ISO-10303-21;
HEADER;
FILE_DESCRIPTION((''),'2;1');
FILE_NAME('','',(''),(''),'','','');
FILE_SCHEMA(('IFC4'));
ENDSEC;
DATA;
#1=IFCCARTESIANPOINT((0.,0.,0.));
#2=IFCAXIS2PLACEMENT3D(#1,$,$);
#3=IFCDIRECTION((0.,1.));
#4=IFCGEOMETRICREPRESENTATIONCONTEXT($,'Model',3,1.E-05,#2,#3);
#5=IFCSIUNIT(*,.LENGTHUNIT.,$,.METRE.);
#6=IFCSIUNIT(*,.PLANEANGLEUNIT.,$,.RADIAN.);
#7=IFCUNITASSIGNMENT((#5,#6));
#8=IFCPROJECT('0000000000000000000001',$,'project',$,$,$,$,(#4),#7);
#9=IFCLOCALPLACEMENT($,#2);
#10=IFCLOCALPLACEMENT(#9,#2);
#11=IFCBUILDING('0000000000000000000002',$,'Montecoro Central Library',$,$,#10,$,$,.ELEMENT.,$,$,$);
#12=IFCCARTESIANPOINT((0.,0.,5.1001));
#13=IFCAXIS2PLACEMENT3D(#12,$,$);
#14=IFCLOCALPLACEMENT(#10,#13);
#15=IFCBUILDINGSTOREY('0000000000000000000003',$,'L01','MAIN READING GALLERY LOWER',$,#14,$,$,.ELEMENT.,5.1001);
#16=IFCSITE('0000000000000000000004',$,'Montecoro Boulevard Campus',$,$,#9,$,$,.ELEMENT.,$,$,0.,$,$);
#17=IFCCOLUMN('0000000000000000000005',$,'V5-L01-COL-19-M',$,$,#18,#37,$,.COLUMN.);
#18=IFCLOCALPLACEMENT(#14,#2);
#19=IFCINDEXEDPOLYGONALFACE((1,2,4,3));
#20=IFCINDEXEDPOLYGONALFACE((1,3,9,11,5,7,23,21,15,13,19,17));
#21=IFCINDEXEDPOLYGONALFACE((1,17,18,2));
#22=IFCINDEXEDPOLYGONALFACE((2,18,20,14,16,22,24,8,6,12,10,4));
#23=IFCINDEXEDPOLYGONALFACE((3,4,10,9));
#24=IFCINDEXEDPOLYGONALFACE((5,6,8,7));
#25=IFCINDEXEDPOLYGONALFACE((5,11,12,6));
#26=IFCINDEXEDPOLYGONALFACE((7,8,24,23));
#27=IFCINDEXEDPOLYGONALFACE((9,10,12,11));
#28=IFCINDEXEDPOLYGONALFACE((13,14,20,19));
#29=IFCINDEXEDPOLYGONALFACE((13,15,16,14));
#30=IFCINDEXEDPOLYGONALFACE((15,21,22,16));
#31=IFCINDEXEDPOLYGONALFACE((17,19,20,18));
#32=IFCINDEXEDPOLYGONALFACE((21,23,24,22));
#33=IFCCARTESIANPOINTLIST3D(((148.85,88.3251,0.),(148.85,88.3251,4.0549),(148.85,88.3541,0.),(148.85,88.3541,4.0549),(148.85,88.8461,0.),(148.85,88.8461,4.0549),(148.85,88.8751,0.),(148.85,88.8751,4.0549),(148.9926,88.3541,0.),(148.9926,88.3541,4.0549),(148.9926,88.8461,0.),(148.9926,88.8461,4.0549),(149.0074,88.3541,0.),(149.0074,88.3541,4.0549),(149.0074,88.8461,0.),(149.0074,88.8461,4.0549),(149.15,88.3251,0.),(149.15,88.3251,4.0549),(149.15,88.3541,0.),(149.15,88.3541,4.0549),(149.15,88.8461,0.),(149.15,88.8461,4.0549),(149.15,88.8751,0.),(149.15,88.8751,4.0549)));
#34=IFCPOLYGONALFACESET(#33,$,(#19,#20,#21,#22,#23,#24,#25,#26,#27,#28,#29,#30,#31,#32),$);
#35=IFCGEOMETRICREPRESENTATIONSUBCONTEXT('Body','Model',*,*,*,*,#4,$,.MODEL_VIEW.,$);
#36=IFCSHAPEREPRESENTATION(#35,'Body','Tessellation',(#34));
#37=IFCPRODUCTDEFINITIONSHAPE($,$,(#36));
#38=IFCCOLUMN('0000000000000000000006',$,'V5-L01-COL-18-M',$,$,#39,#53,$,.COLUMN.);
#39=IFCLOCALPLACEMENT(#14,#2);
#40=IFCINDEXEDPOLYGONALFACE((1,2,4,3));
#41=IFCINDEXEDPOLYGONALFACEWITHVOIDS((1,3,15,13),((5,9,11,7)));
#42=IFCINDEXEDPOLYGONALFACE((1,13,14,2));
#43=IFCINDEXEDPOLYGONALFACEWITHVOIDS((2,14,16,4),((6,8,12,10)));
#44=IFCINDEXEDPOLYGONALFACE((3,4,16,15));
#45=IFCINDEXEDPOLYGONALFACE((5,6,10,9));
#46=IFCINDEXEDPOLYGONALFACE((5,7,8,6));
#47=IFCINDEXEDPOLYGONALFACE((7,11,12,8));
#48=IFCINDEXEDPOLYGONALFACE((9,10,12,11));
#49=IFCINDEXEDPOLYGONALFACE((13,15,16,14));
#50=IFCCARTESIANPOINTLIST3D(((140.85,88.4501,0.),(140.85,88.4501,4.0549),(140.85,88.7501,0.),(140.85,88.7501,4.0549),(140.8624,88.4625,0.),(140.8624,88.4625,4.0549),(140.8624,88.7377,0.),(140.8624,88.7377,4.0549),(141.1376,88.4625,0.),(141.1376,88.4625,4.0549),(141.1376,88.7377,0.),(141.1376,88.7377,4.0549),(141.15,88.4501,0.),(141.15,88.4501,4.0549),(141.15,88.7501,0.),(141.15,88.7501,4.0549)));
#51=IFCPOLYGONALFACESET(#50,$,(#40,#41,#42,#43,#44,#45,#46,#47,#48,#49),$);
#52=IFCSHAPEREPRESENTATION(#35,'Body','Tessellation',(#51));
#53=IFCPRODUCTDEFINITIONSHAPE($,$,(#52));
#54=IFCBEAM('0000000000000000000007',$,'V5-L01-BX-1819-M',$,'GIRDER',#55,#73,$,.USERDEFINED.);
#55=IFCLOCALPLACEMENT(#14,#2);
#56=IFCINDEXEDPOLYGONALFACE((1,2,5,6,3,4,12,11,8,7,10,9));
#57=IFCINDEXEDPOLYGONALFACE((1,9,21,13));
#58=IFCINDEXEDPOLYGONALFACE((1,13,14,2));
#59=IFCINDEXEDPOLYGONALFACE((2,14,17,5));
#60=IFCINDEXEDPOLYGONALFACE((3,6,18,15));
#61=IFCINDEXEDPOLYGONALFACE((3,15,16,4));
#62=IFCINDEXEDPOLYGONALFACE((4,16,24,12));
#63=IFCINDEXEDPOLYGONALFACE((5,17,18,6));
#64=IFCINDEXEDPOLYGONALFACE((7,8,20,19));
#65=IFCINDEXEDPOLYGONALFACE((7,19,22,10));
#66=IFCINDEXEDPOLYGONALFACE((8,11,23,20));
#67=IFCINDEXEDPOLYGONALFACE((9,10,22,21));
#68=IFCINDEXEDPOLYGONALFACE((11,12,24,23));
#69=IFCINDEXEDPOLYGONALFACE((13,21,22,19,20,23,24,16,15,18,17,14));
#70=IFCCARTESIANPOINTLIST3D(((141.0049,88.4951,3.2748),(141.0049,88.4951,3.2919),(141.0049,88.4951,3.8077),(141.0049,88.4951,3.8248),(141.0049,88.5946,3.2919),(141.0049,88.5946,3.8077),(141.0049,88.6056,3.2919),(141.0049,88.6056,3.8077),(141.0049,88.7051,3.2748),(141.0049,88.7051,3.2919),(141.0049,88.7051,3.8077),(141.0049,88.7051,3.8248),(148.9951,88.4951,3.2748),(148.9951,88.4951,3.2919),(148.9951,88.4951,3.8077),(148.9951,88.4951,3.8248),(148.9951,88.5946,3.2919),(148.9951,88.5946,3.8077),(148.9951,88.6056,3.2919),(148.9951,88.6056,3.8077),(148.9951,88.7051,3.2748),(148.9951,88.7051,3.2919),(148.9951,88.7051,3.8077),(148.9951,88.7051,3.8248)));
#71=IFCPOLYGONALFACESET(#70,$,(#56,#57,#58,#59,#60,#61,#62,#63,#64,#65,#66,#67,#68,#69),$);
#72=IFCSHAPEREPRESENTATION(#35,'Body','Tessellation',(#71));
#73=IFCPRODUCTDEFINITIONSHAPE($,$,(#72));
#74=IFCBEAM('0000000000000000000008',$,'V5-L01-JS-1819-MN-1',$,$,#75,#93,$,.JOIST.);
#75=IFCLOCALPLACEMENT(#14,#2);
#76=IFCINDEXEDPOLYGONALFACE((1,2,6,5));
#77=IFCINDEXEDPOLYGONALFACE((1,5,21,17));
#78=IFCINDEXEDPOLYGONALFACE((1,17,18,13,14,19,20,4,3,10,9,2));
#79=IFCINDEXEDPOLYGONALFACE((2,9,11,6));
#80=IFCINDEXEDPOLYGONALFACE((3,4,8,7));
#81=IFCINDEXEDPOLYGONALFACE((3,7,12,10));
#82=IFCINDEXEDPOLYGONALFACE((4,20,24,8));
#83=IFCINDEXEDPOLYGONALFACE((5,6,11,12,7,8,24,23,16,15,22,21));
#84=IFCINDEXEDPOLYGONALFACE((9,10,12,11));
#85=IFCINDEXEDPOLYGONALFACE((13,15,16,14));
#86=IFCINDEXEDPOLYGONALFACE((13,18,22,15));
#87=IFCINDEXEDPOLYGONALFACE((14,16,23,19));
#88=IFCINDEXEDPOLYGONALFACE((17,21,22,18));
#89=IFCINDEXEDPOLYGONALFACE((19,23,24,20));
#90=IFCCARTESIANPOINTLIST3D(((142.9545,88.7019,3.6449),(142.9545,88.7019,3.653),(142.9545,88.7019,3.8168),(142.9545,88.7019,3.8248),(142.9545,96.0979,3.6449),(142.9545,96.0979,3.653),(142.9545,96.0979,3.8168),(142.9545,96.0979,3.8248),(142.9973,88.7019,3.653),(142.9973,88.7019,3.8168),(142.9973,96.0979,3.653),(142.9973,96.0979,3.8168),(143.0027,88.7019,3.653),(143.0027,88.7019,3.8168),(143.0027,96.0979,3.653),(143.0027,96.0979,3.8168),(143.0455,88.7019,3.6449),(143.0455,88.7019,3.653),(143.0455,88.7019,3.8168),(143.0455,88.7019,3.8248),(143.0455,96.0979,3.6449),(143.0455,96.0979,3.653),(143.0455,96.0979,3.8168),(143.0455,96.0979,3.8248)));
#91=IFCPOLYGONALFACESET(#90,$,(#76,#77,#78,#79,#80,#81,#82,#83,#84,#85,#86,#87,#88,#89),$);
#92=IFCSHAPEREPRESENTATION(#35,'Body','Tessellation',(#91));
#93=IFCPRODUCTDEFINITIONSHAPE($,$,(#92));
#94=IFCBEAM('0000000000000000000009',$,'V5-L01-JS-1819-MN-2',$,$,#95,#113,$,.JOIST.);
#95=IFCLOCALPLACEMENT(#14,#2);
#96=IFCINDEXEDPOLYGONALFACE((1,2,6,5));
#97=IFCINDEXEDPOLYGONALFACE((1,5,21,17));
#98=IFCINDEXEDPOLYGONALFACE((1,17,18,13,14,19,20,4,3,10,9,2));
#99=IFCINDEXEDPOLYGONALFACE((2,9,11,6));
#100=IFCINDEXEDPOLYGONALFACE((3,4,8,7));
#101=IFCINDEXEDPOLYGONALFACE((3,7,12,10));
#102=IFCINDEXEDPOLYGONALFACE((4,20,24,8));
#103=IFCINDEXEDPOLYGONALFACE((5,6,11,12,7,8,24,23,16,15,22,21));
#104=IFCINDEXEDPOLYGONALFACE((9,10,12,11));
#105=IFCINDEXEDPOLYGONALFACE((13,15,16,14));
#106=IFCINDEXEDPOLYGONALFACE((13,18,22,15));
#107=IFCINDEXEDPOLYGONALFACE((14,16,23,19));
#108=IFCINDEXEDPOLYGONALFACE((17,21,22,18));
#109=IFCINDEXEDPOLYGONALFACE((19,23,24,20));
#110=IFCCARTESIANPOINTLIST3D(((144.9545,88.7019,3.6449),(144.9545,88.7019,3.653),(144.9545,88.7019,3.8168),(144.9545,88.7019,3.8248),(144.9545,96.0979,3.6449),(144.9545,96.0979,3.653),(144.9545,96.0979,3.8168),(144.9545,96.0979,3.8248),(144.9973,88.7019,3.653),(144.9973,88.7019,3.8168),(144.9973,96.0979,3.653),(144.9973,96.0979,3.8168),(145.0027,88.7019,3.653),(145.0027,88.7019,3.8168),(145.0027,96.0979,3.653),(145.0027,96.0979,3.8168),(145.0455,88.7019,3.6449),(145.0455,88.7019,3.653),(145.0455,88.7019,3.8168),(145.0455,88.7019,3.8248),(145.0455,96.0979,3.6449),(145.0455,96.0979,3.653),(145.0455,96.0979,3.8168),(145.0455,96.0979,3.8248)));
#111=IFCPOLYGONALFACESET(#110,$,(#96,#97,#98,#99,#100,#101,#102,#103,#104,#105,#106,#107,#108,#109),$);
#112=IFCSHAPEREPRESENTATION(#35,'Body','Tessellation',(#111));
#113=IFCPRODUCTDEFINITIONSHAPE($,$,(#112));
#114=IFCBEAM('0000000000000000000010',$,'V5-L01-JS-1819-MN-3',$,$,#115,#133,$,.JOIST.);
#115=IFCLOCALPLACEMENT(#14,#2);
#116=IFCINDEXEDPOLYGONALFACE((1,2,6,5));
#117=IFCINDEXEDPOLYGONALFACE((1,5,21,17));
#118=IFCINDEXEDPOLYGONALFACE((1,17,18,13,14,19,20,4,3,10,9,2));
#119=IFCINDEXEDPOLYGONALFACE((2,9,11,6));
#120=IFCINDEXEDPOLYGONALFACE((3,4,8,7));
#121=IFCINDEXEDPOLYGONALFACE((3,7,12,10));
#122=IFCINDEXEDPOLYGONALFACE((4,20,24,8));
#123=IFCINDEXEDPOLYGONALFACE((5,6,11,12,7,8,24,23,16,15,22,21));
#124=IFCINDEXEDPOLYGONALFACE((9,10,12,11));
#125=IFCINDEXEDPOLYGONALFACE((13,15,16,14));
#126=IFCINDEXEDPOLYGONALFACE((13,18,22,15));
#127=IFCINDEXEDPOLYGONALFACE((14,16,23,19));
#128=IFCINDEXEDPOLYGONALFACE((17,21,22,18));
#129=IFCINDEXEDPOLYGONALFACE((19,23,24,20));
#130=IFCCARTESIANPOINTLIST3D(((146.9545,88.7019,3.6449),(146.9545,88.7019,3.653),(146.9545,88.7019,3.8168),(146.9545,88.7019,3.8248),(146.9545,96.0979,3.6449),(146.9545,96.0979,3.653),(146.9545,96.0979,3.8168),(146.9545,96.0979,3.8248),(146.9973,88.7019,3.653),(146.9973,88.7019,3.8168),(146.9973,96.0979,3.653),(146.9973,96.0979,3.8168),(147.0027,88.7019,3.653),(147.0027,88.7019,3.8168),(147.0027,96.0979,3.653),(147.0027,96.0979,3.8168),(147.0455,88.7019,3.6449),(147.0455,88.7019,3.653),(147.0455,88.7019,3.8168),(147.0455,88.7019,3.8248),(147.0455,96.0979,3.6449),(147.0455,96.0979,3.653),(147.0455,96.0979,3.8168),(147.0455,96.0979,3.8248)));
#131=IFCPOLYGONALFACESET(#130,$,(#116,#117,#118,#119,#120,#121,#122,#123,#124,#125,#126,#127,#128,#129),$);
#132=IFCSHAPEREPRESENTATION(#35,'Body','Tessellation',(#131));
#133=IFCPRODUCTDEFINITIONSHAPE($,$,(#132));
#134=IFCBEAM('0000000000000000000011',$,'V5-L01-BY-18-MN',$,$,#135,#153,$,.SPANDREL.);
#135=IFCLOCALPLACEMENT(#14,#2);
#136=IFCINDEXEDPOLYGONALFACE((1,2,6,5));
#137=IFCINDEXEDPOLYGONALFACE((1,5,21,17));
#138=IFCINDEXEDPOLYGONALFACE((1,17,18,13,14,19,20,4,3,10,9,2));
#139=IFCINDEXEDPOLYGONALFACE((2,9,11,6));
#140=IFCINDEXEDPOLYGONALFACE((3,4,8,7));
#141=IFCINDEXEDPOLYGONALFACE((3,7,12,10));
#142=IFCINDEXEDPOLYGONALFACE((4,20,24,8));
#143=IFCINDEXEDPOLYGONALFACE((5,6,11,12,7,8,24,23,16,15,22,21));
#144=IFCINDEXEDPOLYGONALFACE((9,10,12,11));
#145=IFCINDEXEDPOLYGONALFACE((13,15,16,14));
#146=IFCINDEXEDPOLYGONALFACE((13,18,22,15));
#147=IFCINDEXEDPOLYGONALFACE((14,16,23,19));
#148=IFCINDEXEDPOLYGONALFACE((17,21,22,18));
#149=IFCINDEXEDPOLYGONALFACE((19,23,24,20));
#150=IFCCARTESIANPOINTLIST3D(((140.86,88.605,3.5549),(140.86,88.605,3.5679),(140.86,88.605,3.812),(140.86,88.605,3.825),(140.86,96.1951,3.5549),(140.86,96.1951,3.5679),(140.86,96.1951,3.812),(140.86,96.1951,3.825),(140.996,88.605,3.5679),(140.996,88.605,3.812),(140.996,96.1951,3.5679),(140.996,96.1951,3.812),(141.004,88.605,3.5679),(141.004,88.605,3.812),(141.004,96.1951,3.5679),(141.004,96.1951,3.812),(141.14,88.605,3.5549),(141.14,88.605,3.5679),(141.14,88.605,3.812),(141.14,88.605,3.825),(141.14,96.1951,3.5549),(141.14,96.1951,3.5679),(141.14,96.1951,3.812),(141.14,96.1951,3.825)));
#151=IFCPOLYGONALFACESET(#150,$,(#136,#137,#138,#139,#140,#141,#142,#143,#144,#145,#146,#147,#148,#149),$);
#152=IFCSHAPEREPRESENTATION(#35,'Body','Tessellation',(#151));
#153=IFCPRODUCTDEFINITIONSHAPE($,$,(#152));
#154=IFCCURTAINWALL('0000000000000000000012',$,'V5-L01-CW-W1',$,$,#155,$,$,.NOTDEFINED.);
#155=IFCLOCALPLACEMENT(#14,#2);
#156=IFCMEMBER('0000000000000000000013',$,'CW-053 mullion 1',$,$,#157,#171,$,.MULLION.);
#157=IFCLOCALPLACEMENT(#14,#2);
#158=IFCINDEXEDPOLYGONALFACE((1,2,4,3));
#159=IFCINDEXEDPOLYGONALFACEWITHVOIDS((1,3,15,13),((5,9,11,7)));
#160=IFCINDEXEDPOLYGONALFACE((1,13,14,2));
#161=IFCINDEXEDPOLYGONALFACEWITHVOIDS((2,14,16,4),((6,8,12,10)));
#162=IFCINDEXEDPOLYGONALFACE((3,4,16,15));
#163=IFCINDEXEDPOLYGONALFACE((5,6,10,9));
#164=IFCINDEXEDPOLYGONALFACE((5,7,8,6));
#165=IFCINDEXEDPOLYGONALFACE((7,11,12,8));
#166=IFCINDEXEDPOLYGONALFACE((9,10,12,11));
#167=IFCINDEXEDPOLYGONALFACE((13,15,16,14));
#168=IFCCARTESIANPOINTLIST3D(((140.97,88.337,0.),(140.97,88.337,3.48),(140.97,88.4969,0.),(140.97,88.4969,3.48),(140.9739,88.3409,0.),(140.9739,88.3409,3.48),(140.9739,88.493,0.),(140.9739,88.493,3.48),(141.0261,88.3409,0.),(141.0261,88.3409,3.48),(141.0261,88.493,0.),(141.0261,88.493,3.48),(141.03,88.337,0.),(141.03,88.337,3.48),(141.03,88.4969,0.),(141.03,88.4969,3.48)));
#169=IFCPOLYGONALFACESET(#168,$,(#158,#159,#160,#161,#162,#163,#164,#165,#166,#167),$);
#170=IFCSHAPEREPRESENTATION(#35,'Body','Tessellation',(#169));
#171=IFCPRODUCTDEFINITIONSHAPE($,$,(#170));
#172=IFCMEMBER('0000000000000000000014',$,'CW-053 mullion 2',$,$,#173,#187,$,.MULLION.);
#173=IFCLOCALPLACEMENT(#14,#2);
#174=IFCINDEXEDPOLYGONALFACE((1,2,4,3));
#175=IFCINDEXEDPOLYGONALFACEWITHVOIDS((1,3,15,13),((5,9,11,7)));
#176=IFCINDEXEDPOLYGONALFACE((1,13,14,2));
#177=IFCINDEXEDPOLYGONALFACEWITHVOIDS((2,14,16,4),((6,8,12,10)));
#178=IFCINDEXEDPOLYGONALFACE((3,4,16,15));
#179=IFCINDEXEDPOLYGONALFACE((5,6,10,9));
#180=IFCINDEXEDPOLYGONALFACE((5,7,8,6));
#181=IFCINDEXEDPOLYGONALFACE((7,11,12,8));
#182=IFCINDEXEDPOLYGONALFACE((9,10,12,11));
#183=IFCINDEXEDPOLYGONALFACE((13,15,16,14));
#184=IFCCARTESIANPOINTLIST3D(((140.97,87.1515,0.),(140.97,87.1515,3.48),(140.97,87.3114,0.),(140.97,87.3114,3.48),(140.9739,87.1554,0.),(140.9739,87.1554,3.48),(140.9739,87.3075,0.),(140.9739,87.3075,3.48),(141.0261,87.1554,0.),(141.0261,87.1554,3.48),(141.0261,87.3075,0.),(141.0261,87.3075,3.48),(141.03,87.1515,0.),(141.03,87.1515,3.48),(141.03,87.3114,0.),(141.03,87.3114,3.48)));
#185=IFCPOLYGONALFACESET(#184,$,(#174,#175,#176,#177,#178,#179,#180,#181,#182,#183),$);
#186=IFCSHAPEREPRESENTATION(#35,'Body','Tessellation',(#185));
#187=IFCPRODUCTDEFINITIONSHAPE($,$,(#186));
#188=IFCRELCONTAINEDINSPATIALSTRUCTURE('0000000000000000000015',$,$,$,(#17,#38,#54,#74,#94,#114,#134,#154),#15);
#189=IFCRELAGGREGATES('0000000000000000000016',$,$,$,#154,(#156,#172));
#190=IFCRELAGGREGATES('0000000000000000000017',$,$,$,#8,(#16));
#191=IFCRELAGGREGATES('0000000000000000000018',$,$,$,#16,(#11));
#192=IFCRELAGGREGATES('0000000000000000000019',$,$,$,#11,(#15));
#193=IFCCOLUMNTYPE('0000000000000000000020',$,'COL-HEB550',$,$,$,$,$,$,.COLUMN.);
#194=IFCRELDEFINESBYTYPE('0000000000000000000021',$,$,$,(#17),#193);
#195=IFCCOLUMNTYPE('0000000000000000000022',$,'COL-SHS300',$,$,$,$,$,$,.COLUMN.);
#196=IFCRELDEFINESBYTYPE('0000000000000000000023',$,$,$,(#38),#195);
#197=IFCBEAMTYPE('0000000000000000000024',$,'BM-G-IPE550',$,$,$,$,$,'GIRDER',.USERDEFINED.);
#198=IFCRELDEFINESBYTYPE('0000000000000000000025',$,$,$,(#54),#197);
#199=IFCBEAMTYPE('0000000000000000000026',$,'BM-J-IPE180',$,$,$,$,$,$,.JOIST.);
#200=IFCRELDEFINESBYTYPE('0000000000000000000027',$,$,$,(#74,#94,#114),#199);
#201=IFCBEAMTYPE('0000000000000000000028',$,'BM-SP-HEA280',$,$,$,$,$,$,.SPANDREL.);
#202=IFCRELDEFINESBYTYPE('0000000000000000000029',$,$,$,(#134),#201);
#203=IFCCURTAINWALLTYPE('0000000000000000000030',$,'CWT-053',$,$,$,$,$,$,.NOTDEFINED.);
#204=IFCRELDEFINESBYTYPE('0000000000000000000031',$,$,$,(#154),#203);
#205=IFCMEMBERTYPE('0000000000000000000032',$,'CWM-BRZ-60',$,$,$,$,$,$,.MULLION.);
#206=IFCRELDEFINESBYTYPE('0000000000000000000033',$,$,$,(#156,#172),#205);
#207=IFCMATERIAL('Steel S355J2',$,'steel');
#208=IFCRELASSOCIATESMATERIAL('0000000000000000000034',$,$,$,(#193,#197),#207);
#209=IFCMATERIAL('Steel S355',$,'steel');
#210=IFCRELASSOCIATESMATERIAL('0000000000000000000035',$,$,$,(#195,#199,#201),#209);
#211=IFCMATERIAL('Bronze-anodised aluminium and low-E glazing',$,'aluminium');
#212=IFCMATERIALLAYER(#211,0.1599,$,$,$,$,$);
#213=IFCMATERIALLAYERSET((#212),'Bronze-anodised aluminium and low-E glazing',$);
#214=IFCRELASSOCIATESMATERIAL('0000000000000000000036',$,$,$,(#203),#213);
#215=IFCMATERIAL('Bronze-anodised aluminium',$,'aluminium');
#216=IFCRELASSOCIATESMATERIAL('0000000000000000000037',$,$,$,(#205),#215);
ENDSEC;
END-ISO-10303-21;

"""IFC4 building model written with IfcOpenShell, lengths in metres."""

from ifc_helpers import new_model, si_unit, direction, frame, origin, origin_2d, place, context, subcontext, project, spatial, hollow_rectangle, i_section, extrude, material, layer, layer_set, material_profile, profile_set, type_object, element, aggregate, save


model = new_model("IFC4")

# Units and contexts
model_context = context("Model", 3, precision=1e-05, world=origin(), true_north=direction((0.0, 1.0)))
body_context = subcontext(model_context, "Body", "Model", "MODEL_VIEW")
ifc_project = project(units=[si_unit("LENGTHUNIT", "METRE"), si_unit("PLANEANGLEUNIT", "RADIAN")], contexts=[model_context])

# Site, building, storey
site_placement = place(None, origin())
site = spatial("IfcSite", under=ifc_project, at=site_placement, Name="Montecoro Boulevard Campus", CompositionType="ELEMENT", RefElevation=0.0)
building_placement = place(site_placement, origin())
building = spatial("IfcBuilding", under=site, at=building_placement, Name="Montecoro Central Library", CompositionType="ELEMENT")
storey_placement = place(building_placement, frame((0.0, 0.0, 5.1001)))
storey = spatial("IfcBuildingStorey", under=building, at=storey_placement, Name="L01", Description="MAIN READING GALLERY LOWER", CompositionType="ELEMENT", Elevation=5.1001)

# Columns
ifc_material_1 = material(Name="Steel S355J2", Category="steel")
ifc_material_profile_1 = material_profile(ifc_material_1, i_section(OverallWidth=0.3, OverallDepth=0.55, WebThickness=0.0149, FlangeThickness=0.0291, at=origin_2d()), Name="HEB 550")
ifc_profile_set_1 = profile_set([ifc_material_profile_1], Name="Steel S355J2")
column_type_1 = type_object("IfcColumnType", Name="COL-HEB550", PredefinedType="COLUMN", material=ifc_profile_set_1)
column_1_placement = place(storey_placement, frame((149.0, 88.6001, 0.0), z_axis=(0.0, 0.0, 1.0), x_axis=(1.0, 0.0, 0.0)))
element("IfcColumn", 1, at=column_1_placement, inside=storey, type_object=column_type_1, Name="V5-L01-COL-19-M", PredefinedType="COLUMN", context=body_context, shape_type="SweptSolid", body=[
    extrude(i_section(OverallWidth=0.3, OverallDepth=0.55, WebThickness=0.0149, FlangeThickness=0.0291, at=origin_2d()), origin(), (0.0, 0.0, 1.0), 4.0549),
])
ifc_material_2 = material(Name="Steel S355", Category="steel")
ifc_material_profile_2 = material_profile(ifc_material_2, hollow_rectangle(XDim=0.3, YDim=0.3, WallThickness=0.0125, at=origin_2d()), Name="SHS 300x300x12.5")
ifc_profile_set_2 = profile_set([ifc_material_profile_2], Name="Steel S355")
column_type_2 = type_object("IfcColumnType", Name="COL-SHS300", PredefinedType="COLUMN", material=ifc_profile_set_2)
column_2_placement = place(storey_placement, frame((141.0, 88.6001, 0.0), z_axis=(0.0, 0.0, 1.0), x_axis=(1.0, 0.0, 0.0)))
element("IfcColumn", 2, at=column_2_placement, inside=storey, type_object=column_type_2, Name="V5-L01-COL-18-M", PredefinedType="COLUMN", context=body_context, shape_type="SweptSolid", body=[
    extrude(hollow_rectangle(XDim=0.3, YDim=0.3, WallThickness=0.0125, at=origin_2d()), origin(), (0.0, 0.0, 1.0), 4.0549),
])

# Beams
ifc_material_profile_3 = material_profile(ifc_material_1, i_section(OverallWidth=0.21, OverallDepth=0.55, WebThickness=0.011, FlangeThickness=0.0171, at=origin_2d()), Name="IPE 550")
ifc_profile_set_3 = profile_set([ifc_material_profile_3], Name="Steel S355J2")
beam_type_1 = type_object("IfcBeamType", Name="BM-G-IPE550", ElementType="GIRDER", PredefinedType="USERDEFINED", material=ifc_profile_set_3)
beam_1_placement = place(storey_placement, frame((141.0049, 88.6001, 3.5498), z_axis=(1.0, 0.0, 0.0), x_axis=(0.0, 1.0, 0.0)))
element("IfcBeam", 3, at=beam_1_placement, inside=storey, type_object=beam_type_1, Name="V5-L01-BX-1819-M", ObjectType="GIRDER", PredefinedType="USERDEFINED", context=body_context, shape_type="SweptSolid", body=[
    extrude(i_section(OverallWidth=0.21, OverallDepth=0.55, WebThickness=0.011, FlangeThickness=0.0171, at=origin_2d()), origin(), (0.0, 0.0, 1.0), 7.9902),
])
ifc_material_profile_4 = material_profile(ifc_material_2, i_section(OverallWidth=0.0911, OverallDepth=0.1799, WebThickness=0.0054, FlangeThickness=0.0081, at=origin_2d()), Name="IPE 180")
ifc_profile_set_4 = profile_set([ifc_material_profile_4], Name="Steel S355")
beam_type_2 = type_object("IfcBeamType", Name="BM-J-IPE180", PredefinedType="JOIST", material=ifc_profile_set_4)
for number, where, z_axis, x_axis, name in (
    (4, (143.0, 88.7019, 3.7349), (0.0, 1.0, 0.0), (-1.0, 0.0, 0.0), "V5-L01-JS-1819-MN-1"),
    (5, (145.0, 88.7019, 3.7349), (0.0, 1.0, 0.0), (-1.0, 0.0, 0.0), "V5-L01-JS-1819-MN-2"),
    (6, (147.0, 88.7019, 3.7349), (0.0, 1.0, 0.0), (-1.0, 0.0, 0.0), "V5-L01-JS-1819-MN-3"),
):
    element("IfcBeam", number, at=place(storey_placement, frame(where, z_axis=z_axis, x_axis=x_axis)), inside=storey, type_object=beam_type_2, Name=name, PredefinedType="JOIST", context=body_context, shape_type="SweptSolid", body=[
        extrude(i_section(OverallWidth=0.0911, OverallDepth=0.1799, WebThickness=0.0054, FlangeThickness=0.0081, at=origin_2d()), origin(), (0.0, 0.0, 1.0), 7.396),
    ])
ifc_material_profile_5 = material_profile(ifc_material_2, i_section(OverallWidth=0.28, OverallDepth=0.27, WebThickness=0.0081, FlangeThickness=0.0129, at=origin_2d()), Name="HEA 280")
ifc_profile_set_5 = profile_set([ifc_material_profile_5], Name="Steel S355")
beam_type_3 = type_object("IfcBeamType", Name="BM-SP-HEA280", PredefinedType="SPANDREL", material=ifc_profile_set_5)
beam_2_placement = place(storey_placement, frame((141.0, 88.605, 3.6899), z_axis=(0.0, 1.0, 0.0), x_axis=(-1.0, 0.0, 0.0)))
element("IfcBeam", 7, at=beam_2_placement, inside=storey, type_object=beam_type_3, Name="V5-L01-BY-18-MN", PredefinedType="SPANDREL", context=body_context, shape_type="SweptSolid", body=[
    extrude(i_section(OverallWidth=0.28, OverallDepth=0.27, WebThickness=0.0081, FlangeThickness=0.0129, at=origin_2d()), origin(), (0.0, 0.0, 1.0), 7.5901),
])

# Curtain wall, members
ifc_material_3 = material(Name="Bronze-anodised aluminium and low-E glazing", Category="aluminium")
ifc_layer_1 = layer(ifc_material_3, 0.1599)
ifc_layer_set_1 = layer_set([ifc_layer_1], Name="Bronze-anodised aluminium and low-E glazing")
curtain_wall_type = type_object("IfcCurtainWallType", Name="CWT-053", PredefinedType="NOTDEFINED", material=ifc_layer_set_1)
curtain_wall_placement = place(storey_placement, origin())
curtain_wall = element("IfcCurtainWall", 8, at=curtain_wall_placement, inside=storey, type_object=curtain_wall_type, Name="V5-L01-CW-W1", PredefinedType="NOTDEFINED")
ifc_material_4 = material(Name="Bronze-anodised aluminium", Category="aluminium")
ifc_material_profile_6 = material_profile(ifc_material_4, hollow_rectangle(XDim=0.0601, YDim=0.1599, WallThickness=0.0039, at=origin_2d()), Name="CWM 160x60x4.0")
ifc_profile_set_6 = profile_set([ifc_material_profile_6], Name="Bronze-anodised aluminium")
member_type_1 = type_object("IfcMemberType", Name="CWM-BRZ-60", PredefinedType="MULLION", material=ifc_profile_set_6)
member_1_placement = place(storey_placement, frame((141.0, 88.417, 0.0), z_axis=(0.0, 0.0, 1.0), x_axis=(1.0, 0.0, 0.0)))
member_1 = element("IfcMember", 9, at=member_1_placement, type_object=member_type_1, Name="CW-053 mullion 1", PredefinedType="MULLION", context=body_context, shape_type="SweptSolid", body=[
    extrude(hollow_rectangle(XDim=0.0601, YDim=0.1599, WallThickness=0.0039, at=origin_2d()), origin(), (0.0, 0.0, 1.0), 3.48),
])
member_2_placement = place(storey_placement, frame((141.0, 87.2314, 0.0), z_axis=(0.0, 0.0, 1.0), x_axis=(1.0, 0.0, 0.0)))
member_2 = element("IfcMember", 10, at=member_2_placement, type_object=member_type_1, Name="CW-053 mullion 2", PredefinedType="MULLION", context=body_context, shape_type="SweptSolid", body=[
    extrude(hollow_rectangle(XDim=0.0601, YDim=0.1599, WallThickness=0.0039, at=origin_2d()), origin(), (0.0, 0.0, 1.0), 3.48),
])
aggregate(curtain_wall, [member_1, member_2])

save(model, "model.ifc")
